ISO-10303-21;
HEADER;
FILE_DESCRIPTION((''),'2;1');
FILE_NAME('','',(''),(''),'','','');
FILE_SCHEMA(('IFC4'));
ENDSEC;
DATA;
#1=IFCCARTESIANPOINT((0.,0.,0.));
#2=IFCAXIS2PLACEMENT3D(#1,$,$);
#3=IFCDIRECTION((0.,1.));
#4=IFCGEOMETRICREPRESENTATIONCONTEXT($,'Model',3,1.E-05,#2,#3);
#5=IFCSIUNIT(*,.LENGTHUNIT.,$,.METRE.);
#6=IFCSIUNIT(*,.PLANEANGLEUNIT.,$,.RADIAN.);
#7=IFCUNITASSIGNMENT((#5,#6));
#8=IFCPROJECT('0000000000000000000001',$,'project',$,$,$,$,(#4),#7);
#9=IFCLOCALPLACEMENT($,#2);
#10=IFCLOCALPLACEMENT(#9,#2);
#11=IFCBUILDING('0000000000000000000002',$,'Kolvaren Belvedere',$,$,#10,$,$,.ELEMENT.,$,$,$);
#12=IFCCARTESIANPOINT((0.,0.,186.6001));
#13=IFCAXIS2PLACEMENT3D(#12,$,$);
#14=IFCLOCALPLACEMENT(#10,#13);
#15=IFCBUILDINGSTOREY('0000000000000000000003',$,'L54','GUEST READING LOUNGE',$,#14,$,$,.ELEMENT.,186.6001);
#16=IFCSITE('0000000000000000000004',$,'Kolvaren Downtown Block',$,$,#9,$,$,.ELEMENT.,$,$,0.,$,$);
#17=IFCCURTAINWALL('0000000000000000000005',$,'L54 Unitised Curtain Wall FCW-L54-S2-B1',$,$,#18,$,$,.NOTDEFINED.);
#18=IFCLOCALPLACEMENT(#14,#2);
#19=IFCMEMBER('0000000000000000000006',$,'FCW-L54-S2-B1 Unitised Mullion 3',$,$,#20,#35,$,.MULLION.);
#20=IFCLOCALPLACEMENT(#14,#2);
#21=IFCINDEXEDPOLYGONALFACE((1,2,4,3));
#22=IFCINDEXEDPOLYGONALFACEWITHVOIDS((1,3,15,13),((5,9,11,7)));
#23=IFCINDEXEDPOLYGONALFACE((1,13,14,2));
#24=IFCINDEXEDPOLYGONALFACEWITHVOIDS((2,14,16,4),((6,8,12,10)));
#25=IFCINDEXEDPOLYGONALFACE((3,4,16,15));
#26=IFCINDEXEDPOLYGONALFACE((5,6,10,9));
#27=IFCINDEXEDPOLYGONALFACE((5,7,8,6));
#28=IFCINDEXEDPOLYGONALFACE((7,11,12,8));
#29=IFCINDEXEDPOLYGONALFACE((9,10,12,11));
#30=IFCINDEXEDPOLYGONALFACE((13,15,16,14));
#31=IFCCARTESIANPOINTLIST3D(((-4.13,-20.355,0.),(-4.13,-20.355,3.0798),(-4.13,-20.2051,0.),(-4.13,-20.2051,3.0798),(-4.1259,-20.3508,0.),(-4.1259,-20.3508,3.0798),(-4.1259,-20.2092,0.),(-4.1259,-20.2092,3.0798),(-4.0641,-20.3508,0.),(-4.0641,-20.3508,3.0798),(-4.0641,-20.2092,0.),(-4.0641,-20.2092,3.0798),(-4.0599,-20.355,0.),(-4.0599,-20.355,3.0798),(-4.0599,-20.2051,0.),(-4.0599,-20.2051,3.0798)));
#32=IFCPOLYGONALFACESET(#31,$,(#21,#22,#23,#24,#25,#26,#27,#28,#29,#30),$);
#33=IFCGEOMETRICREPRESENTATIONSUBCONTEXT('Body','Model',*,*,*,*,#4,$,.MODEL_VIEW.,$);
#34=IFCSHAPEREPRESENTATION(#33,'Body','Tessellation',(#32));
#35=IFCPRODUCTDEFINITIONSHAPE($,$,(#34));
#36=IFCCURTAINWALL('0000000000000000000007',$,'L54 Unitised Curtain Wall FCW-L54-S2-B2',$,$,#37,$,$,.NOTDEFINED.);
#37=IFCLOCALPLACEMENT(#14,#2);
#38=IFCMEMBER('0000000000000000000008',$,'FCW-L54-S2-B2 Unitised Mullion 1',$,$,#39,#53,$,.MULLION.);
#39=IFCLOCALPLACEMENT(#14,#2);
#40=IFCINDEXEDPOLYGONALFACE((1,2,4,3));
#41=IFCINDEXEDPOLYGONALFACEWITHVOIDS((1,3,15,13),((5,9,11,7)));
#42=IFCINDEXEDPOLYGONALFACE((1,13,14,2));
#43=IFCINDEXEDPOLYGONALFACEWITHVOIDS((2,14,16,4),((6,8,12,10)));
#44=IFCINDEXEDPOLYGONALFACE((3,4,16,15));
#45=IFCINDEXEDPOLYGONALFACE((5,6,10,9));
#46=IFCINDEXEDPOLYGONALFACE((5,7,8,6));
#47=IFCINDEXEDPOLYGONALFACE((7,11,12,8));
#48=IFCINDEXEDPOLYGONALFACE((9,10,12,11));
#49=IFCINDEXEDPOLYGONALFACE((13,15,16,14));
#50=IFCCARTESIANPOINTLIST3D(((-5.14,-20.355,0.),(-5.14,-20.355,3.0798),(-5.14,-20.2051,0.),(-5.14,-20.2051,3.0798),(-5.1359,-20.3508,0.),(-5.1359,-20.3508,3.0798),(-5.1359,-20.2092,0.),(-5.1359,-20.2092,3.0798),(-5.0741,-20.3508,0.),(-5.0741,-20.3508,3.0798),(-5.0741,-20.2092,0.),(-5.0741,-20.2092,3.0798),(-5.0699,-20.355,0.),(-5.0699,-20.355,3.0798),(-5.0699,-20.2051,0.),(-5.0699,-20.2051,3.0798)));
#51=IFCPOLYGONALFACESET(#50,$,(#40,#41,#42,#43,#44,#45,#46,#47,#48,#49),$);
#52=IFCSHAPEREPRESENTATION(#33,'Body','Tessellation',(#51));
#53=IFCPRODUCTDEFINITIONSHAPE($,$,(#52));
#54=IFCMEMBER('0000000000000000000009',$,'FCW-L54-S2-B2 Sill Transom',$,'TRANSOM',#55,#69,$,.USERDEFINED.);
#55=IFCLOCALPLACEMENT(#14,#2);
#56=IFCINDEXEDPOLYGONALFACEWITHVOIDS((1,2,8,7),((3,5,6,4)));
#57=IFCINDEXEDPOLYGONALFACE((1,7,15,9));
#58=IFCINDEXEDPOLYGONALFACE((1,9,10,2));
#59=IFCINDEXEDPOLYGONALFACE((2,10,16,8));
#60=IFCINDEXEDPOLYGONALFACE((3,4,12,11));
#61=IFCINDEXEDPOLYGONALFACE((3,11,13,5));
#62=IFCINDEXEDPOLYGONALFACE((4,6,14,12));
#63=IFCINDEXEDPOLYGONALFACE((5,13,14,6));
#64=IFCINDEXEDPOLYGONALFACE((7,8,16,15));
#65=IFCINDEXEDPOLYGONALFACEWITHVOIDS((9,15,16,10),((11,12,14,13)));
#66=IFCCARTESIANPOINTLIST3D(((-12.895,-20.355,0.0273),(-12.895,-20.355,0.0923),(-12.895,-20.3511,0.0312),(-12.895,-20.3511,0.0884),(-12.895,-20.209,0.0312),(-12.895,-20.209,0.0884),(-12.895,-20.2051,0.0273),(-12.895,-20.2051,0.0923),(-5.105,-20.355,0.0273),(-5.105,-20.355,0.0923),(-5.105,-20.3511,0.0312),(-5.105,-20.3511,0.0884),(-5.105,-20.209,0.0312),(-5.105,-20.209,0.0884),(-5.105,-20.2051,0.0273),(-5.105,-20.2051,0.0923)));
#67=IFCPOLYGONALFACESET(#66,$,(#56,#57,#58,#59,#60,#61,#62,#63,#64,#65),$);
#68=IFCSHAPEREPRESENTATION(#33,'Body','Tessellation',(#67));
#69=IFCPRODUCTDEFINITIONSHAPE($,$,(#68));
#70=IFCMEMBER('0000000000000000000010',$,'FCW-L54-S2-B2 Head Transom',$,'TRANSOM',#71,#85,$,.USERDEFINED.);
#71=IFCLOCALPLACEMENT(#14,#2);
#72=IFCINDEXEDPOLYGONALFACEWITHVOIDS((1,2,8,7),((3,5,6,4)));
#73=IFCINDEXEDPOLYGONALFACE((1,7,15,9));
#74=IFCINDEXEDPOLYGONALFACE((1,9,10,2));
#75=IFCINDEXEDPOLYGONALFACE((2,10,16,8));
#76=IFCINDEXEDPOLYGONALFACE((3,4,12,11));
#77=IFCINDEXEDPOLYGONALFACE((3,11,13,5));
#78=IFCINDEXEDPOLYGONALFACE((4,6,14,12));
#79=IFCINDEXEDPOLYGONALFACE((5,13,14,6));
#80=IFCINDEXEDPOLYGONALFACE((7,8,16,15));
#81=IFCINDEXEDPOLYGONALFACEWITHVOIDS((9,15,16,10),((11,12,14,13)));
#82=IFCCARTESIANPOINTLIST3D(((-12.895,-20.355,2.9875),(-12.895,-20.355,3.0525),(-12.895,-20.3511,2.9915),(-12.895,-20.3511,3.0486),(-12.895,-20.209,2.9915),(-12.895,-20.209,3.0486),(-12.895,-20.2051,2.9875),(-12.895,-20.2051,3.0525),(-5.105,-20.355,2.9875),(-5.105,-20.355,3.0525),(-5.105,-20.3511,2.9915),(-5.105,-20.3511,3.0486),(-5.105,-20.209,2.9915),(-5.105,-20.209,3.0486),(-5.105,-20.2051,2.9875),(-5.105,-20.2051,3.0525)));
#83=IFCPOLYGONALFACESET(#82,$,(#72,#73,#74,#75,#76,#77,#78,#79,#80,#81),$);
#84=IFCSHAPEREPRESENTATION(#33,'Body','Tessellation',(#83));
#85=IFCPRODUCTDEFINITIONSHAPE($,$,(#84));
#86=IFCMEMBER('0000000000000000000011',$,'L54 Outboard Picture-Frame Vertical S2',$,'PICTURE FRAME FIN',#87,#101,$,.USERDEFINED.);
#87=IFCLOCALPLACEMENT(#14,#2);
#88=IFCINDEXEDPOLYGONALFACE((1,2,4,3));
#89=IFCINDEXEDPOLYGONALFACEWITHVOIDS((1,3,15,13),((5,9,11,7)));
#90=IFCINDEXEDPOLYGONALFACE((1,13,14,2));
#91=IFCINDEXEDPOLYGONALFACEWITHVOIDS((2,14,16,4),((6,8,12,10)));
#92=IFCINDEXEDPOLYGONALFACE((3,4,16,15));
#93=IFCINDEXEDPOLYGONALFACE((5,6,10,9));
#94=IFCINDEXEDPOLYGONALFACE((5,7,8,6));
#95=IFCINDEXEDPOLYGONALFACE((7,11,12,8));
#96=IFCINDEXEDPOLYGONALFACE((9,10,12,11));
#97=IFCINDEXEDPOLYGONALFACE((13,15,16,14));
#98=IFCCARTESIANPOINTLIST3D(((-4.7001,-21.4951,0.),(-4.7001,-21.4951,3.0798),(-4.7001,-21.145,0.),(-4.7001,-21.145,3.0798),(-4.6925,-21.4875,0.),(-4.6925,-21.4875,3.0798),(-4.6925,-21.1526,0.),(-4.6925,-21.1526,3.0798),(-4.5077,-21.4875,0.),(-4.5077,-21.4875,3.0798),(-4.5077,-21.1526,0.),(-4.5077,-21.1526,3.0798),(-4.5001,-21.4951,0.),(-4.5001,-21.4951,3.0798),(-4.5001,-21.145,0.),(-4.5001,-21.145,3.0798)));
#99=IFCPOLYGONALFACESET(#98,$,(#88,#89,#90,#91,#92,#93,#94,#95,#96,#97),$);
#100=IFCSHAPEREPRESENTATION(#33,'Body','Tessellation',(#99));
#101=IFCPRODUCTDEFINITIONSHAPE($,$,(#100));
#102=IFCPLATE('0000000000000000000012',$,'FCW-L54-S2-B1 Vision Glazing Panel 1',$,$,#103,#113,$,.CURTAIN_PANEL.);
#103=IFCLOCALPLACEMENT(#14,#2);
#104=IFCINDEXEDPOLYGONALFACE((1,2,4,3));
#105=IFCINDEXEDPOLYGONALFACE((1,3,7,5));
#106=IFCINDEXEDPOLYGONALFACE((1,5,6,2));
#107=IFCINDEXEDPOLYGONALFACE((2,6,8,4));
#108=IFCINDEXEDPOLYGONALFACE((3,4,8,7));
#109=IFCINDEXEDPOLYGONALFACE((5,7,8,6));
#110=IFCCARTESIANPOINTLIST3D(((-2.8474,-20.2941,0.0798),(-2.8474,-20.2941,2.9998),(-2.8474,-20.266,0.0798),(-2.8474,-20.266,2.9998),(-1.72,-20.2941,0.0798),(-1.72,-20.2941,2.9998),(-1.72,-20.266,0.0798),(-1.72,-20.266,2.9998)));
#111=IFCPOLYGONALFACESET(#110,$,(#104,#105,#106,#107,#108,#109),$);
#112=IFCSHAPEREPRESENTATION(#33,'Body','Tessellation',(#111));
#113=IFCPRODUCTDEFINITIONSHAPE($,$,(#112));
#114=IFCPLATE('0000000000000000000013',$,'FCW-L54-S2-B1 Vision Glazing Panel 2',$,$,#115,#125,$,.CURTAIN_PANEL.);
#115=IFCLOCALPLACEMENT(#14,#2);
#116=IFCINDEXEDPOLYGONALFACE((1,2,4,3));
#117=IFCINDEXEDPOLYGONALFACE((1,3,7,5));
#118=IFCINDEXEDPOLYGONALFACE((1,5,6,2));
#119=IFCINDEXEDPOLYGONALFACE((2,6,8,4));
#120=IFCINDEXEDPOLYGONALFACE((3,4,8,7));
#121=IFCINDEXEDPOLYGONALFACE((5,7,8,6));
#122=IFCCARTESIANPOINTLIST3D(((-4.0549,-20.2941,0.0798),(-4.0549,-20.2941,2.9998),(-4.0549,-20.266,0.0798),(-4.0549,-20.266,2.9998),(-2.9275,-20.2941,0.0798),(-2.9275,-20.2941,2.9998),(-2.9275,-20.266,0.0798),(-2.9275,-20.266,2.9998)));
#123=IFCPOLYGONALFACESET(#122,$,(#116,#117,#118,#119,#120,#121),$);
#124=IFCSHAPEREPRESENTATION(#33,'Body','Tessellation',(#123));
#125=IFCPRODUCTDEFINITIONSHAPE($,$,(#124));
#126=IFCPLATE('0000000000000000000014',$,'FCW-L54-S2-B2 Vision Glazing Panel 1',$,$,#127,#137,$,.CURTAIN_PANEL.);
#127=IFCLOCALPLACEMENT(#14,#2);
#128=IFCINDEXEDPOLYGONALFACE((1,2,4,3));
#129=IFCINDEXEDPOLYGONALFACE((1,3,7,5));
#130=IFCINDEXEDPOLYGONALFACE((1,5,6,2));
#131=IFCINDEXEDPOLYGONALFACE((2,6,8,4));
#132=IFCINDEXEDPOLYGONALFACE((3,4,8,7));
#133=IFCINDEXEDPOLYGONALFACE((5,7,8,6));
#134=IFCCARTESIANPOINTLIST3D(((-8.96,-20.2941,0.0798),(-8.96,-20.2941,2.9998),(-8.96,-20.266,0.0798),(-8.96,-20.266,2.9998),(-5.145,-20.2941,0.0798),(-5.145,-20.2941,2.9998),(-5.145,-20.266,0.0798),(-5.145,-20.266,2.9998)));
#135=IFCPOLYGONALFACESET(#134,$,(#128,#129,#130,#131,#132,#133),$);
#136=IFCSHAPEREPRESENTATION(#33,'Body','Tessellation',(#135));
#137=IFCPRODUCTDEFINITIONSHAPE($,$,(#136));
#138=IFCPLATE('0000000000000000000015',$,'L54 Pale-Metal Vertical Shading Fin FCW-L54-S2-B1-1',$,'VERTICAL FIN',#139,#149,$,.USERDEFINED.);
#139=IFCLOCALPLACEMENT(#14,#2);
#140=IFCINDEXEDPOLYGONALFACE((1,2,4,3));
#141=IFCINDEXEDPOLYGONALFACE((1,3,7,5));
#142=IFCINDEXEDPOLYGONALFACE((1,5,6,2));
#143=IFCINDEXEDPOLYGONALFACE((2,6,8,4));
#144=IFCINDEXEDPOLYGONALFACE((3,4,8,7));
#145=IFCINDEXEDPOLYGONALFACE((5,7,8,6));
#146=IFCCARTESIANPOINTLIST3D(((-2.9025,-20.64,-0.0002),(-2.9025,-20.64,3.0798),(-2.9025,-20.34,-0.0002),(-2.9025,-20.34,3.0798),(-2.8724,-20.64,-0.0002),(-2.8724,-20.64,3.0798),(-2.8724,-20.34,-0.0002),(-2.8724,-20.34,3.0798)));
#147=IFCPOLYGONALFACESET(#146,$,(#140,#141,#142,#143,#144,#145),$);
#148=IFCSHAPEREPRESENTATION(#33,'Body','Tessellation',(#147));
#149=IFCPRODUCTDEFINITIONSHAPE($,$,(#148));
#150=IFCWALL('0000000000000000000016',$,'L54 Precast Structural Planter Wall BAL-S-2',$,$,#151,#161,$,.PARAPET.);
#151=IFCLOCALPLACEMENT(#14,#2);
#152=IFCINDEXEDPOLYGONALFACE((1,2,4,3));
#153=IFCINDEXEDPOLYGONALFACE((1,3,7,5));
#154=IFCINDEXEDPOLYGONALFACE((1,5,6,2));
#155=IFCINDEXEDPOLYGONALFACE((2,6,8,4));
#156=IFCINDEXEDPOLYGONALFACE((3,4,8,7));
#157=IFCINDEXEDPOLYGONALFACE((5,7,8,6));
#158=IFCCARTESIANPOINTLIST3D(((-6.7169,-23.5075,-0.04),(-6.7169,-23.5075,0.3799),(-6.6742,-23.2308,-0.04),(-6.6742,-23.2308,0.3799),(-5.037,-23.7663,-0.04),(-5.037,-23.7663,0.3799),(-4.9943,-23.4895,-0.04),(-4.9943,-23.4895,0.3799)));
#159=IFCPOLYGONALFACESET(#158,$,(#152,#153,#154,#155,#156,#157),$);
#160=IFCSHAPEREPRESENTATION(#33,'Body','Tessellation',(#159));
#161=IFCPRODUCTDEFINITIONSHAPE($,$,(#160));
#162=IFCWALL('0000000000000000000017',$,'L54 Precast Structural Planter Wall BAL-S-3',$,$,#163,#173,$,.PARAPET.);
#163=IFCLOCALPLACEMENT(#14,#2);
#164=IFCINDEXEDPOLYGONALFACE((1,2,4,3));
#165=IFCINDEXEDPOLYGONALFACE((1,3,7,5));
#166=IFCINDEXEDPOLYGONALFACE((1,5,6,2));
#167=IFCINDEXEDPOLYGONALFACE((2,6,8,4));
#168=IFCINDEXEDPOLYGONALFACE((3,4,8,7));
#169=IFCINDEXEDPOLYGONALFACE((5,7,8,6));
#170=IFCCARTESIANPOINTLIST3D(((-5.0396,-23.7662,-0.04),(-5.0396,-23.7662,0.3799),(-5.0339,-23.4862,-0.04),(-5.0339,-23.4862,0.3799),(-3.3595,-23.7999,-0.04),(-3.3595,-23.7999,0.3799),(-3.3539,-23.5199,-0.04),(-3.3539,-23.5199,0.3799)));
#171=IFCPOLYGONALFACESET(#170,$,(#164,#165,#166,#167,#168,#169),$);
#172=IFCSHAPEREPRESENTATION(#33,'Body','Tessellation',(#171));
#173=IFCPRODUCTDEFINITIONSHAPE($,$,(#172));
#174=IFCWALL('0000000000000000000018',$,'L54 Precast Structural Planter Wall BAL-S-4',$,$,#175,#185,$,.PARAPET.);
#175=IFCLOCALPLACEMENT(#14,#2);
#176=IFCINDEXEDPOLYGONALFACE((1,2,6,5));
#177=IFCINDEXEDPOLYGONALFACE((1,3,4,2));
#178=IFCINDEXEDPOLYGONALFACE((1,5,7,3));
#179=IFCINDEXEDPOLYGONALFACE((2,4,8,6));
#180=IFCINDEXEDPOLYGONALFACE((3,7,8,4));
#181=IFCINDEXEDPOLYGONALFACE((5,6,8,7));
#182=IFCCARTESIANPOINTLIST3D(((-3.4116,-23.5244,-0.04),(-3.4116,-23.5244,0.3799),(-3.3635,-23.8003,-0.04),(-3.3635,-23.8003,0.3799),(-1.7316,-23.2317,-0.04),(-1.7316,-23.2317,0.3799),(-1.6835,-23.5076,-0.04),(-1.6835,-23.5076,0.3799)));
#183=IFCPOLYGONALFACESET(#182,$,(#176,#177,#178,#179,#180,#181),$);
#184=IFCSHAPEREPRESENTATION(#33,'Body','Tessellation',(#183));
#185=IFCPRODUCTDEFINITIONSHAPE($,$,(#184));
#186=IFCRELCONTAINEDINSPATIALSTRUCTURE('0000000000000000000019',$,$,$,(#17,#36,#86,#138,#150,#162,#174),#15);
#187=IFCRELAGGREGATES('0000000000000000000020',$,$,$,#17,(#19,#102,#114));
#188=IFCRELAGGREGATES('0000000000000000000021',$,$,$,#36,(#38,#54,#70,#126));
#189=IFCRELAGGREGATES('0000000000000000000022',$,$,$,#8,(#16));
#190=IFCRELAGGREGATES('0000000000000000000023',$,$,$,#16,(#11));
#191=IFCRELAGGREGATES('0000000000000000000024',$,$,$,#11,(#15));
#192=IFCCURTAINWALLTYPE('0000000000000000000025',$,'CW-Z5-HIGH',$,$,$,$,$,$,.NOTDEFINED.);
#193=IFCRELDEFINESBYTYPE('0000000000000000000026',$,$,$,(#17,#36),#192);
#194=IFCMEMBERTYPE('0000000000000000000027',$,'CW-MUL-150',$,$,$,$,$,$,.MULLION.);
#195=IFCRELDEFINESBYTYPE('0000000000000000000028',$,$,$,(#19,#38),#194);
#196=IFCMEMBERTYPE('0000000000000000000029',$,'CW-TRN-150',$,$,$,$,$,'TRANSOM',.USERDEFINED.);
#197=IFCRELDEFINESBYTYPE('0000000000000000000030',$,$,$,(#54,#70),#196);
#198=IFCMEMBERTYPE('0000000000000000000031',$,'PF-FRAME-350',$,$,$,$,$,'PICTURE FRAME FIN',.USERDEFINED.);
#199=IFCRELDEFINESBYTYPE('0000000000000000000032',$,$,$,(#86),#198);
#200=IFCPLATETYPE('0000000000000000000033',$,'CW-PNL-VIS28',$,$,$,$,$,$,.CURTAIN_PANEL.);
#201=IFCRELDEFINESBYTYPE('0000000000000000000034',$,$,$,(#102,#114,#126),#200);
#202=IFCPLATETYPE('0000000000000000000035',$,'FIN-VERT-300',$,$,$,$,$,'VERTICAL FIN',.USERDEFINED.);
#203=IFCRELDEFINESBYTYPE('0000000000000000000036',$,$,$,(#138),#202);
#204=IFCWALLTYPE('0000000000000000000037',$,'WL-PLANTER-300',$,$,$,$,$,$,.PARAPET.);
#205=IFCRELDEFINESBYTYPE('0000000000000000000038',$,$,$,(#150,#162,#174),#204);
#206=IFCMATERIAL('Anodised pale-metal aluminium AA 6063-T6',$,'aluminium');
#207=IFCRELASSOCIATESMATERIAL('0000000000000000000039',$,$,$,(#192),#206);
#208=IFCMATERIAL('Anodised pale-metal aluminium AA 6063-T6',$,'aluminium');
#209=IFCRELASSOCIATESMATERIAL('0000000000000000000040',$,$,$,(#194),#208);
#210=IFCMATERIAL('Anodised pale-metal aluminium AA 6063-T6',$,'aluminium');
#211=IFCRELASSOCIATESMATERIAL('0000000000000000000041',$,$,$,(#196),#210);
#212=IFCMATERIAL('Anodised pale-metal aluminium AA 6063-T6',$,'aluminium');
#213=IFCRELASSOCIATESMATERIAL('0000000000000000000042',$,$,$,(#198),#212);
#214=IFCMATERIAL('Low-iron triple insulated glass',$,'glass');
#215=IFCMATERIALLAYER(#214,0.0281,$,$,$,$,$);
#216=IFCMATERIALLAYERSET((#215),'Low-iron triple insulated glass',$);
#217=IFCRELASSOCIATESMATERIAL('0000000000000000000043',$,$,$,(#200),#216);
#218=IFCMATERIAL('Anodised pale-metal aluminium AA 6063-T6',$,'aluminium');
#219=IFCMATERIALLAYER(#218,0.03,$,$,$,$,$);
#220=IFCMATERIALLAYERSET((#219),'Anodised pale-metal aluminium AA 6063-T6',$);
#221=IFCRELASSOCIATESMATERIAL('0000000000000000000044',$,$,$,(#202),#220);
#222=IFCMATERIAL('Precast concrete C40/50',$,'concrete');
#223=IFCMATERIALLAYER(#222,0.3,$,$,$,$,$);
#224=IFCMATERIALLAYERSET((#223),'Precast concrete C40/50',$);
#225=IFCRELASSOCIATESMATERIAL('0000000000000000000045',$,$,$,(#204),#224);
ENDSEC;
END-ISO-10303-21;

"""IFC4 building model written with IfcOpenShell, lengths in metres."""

from ifc_helpers import new_model, si_unit, direction, frame, frame_2d, origin, origin_2d, place, context, subcontext, project, spatial, rectangle, hollow_rectangle, extrude, material, layer, layer_set, material_profile, profile_set, type_object, element, aggregate, save


model = new_model("IFC4")

# Units and contexts
model_context = context("Model", 3, precision=1e-05, world=origin(), true_north=direction((0.0, 1.0)))
body_context = subcontext(model_context, "Body", "Model", "MODEL_VIEW")
ifc_project = project(units=[si_unit("LENGTHUNIT", "METRE"), si_unit("PLANEANGLEUNIT", "RADIAN")], contexts=[model_context])

# Site, building, storey
site_placement = place(None, origin())
site = spatial("IfcSite", under=ifc_project, at=site_placement, Name="Kolvaren Downtown Block", CompositionType="ELEMENT", RefElevation=0.0)
building_placement = place(site_placement, origin())
building = spatial("IfcBuilding", under=site, at=building_placement, Name="Kolvaren Belvedere", CompositionType="ELEMENT")
storey_placement = place(building_placement, frame((0.0, 0.0, 186.6001)))
storey = spatial("IfcBuildingStorey", under=building, at=storey_placement, Name="L54", Description="GUEST READING LOUNGE", CompositionType="ELEMENT", Elevation=186.6001)

# Curtain walls, members
ifc_material_1 = material(Name="Anodised pale-metal aluminium AA 6063-T6", Category="aluminium")
curtain_wall_type = type_object("IfcCurtainWallType", Name="CW-Z5-HIGH", PredefinedType="NOTDEFINED", material=ifc_material_1)
curtain_wall_1_placement = place(storey_placement, origin())
curtain_wall_1 = element("IfcCurtainWall", 1, at=curtain_wall_1_placement, inside=storey, type_object=curtain_wall_type, Name="L54 Unitised Curtain Wall FCW-L54-S2-B1", PredefinedType="NOTDEFINED")
ifc_material_2 = material(Name="Anodised pale-metal aluminium AA 6063-T6", Category="aluminium")
ifc_material_profile_1 = material_profile(ifc_material_2, hollow_rectangle(XDim=0.0701, YDim=0.1499, WallThickness=0.0042, at=origin_2d()), Name="ALU-MUL-150X70")
ifc_profile_set_1 = profile_set([ifc_material_profile_1], Name="Anodised pale-metal aluminium AA 6063-T6")
member_type_1 = type_object("IfcMemberType", Name="CW-MUL-150", PredefinedType="MULLION", material=ifc_profile_set_1)
member_1_placement = place(storey_placement, frame((-4.095, -20.28, 0.0), z_axis=(0.0, 0.0, 1.0), x_axis=(1.0, 0.0, 0.0)))
member_1 = element("IfcMember", 2, at=member_1_placement, type_object=member_type_1, Name="FCW-L54-S2-B1 Unitised Mullion 3", PredefinedType="MULLION", context=body_context, shape_type="SweptSolid", body=[
    extrude(hollow_rectangle(XDim=0.0701, YDim=0.1499, WallThickness=0.0042, at=origin_2d()), origin(), (0.0, 0.0, 1.0), 3.0798),
])
curtain_wall_2_placement = place(storey_placement, origin())
curtain_wall_2 = element("IfcCurtainWall", 3, at=curtain_wall_2_placement, inside=storey, type_object=curtain_wall_type, Name="L54 Unitised Curtain Wall FCW-L54-S2-B2", PredefinedType="NOTDEFINED")
member_2_placement = place(storey_placement, frame((-5.105, -20.28, 0.0), z_axis=(0.0, 0.0, 1.0), x_axis=(1.0, 0.0, 0.0)))
member_2 = element("IfcMember", 4, at=member_2_placement, type_object=member_type_1, Name="FCW-L54-S2-B2 Unitised Mullion 1", PredefinedType="MULLION", context=body_context, shape_type="SweptSolid", body=[
    extrude(hollow_rectangle(XDim=0.0701, YDim=0.1499, WallThickness=0.0042, at=origin_2d()), origin(), (0.0, 0.0, 1.0), 3.0798),
])
ifc_material_3 = material(Name="Anodised pale-metal aluminium AA 6063-T6", Category="aluminium")
ifc_material_profile_2 = material_profile(ifc_material_3, hollow_rectangle(XDim=0.0649, YDim=0.1499, WallThickness=0.0039, at=origin_2d()), Name="ALU-TRN-150X65")
ifc_profile_set_2 = profile_set([ifc_material_profile_2], Name="Anodised pale-metal aluminium AA 6063-T6")
member_type_2 = type_object("IfcMemberType", Name="CW-TRN-150", ElementType="TRANSOM", PredefinedType="USERDEFINED", material=ifc_profile_set_2)
member_3_placement = place(storey_placement, frame((-5.105, -20.28, 0.0598), z_axis=(-1.0, 0.0, 0.0), x_axis=(0.0, 0.0, 1.0)))
member_3 = element("IfcMember", 5, at=member_3_placement, type_object=member_type_2, Name="FCW-L54-S2-B2 Sill Transom", ObjectType="TRANSOM", PredefinedType="USERDEFINED", context=body_context, shape_type="SweptSolid", body=[
    extrude(hollow_rectangle(XDim=0.0649, YDim=0.1499, WallThickness=0.0039, at=origin_2d()), origin(), (0.0, 0.0, 1.0), 7.79),
])
member_4_placement = place(storey_placement, frame((-5.105, -20.28, 3.02), z_axis=(-1.0, 0.0, 0.0), x_axis=(0.0, 0.0, 1.0)))
member_4 = element("IfcMember", 6, at=member_4_placement, type_object=member_type_2, Name="FCW-L54-S2-B2 Head Transom", ObjectType="TRANSOM", PredefinedType="USERDEFINED", context=body_context, shape_type="SweptSolid", body=[
    extrude(hollow_rectangle(XDim=0.0649, YDim=0.1499, WallThickness=0.0039, at=origin_2d()), origin(), (0.0, 0.0, 1.0), 7.79),
])

# Member
ifc_material_4 = material(Name="Anodised pale-metal aluminium AA 6063-T6", Category="aluminium")
ifc_material_profile_3 = material_profile(ifc_material_4, hollow_rectangle(XDim=0.2, YDim=0.3501, WallThickness=0.0076, at=origin_2d()), Name="ALU-PF-350X200")
ifc_profile_set_3 = profile_set([ifc_material_profile_3], Name="Anodised pale-metal aluminium AA 6063-T6")
member_type_3 = type_object("IfcMemberType", Name="PF-FRAME-350", ElementType="PICTURE FRAME FIN", PredefinedType="USERDEFINED", material=ifc_profile_set_3)
member_5_placement = place(storey_placement, frame((-4.6001, -21.3201, 0.0), z_axis=(0.0, 0.0, 1.0), x_axis=(1.0, 0.0, 0.0)))
element("IfcMember", 7, at=member_5_placement, inside=storey, type_object=member_type_3, Name="L54 Outboard Picture-Frame Vertical S2", ObjectType="PICTURE FRAME FIN", PredefinedType="USERDEFINED", context=body_context, shape_type="SweptSolid", body=[
    extrude(hollow_rectangle(XDim=0.2, YDim=0.3501, WallThickness=0.0076, at=origin_2d()), origin(), (0.0, 0.0, 1.0), 3.0798),
])

# Plates
ifc_material_5 = material(Name="Low-iron triple insulated glass", Category="glass")
ifc_layer_1 = layer(ifc_material_5, 0.0281)
ifc_layer_set_1 = layer_set([ifc_layer_1], Name="Low-iron triple insulated glass")
plate_type_1 = type_object("IfcPlateType", Name="CW-PNL-VIS28", PredefinedType="CURTAIN_PANEL", material=ifc_layer_set_1)
plate_1_placement = place(storey_placement, frame((-2.2837, -20.28, 0.0798), z_axis=(0.0, 0.0, 1.0), x_axis=(-1.0, 0.0, 0.0)))
plate_1 = element("IfcPlate", 8, at=plate_1_placement, type_object=plate_type_1, Name="FCW-L54-S2-B1 Vision Glazing Panel 1", PredefinedType="CURTAIN_PANEL", context=body_context, shape_type="SweptSolid", body=[
    extrude(rectangle(XDim=1.1274, YDim=0.0281, at=origin_2d()), origin(), (0.0, 0.0, 1.0), 2.9199),
])
plate_2_placement = place(storey_placement, frame((-3.4912, -20.28, 0.0798), z_axis=(0.0, 0.0, 1.0), x_axis=(-1.0, 0.0, 0.0)))
plate_2 = element("IfcPlate", 9, at=plate_2_placement, type_object=plate_type_1, Name="FCW-L54-S2-B1 Vision Glazing Panel 2", PredefinedType="CURTAIN_PANEL", context=body_context, shape_type="SweptSolid", body=[
    extrude(rectangle(XDim=1.1274, YDim=0.0281, at=origin_2d()), origin(), (0.0, 0.0, 1.0), 2.9199),
])
aggregate(curtain_wall_1, [member_1, plate_1, plate_2])
plate_3_placement = place(storey_placement, frame((-7.0525, -20.28, 0.0798), z_axis=(0.0, 0.0, 1.0), x_axis=(-1.0, 0.0, 0.0)))
plate_3 = element("IfcPlate", 10, at=plate_3_placement, type_object=plate_type_1, Name="FCW-L54-S2-B2 Vision Glazing Panel 1", PredefinedType="CURTAIN_PANEL", context=body_context, shape_type="SweptSolid", body=[
    extrude(rectangle(XDim=3.8149, YDim=0.0281, at=origin_2d()), origin(), (0.0, 0.0, 1.0), 2.9199),
])
aggregate(curtain_wall_2, [member_2, member_3, member_4, plate_3])
ifc_material_6 = material(Name="Anodised pale-metal aluminium AA 6063-T6", Category="aluminium")
ifc_layer_2 = layer(ifc_material_6, 0.03)
ifc_layer_set_2 = layer_set([ifc_layer_2], Name="Anodised pale-metal aluminium AA 6063-T6")
plate_type_2 = type_object("IfcPlateType", Name="FIN-VERT-300", ElementType="VERTICAL FIN", PredefinedType="USERDEFINED", material=ifc_layer_set_2)
plate_4_placement = place(storey_placement, frame((-2.8875, -20.49, -0.0002), z_axis=(0.0, 0.0, 1.0), x_axis=(0.0, 1.0, 0.0)))
element("IfcPlate", 11, at=plate_4_placement, inside=storey, type_object=plate_type_2, Name="L54 Pale-Metal Vertical Shading Fin FCW-L54-S2-B1-1", ObjectType="VERTICAL FIN", PredefinedType="USERDEFINED", context=body_context, shape_type="SweptSolid", body=[
    extrude(rectangle(XDim=0.3, YDim=0.03, at=origin_2d()), origin(), (0.0, 0.0, 1.0), 3.0801),
])

# Walls
ifc_material_7 = material(Name="Precast concrete C40/50", Category="concrete")
ifc_layer_3 = layer(ifc_material_7, 0.3)
ifc_layer_set_3 = layer_set([ifc_layer_3], Name="Precast concrete C40/50")
wall_type = type_object("IfcWallType", Name="WL-PLANTER-300", PredefinedType="PARAPET", material=ifc_layer_set_3)
wall_1_placement = place(storey_placement, frame((-6.6956, -23.3691, -0.04), z_axis=(0.0, 0.0, 1.0), x_axis=(0.988342, -0.152251, 0.0)))
element("IfcWall", 12, at=wall_1_placement, inside=storey, type_object=wall_type, Name="L54 Precast Structural Planter Wall BAL-S-2", PredefinedType="PARAPET", context=body_context, shape_type="SweptSolid", body=[
    extrude(rectangle(XDim=1.6997, YDim=0.28, at=frame_2d((0.8499, 0.0))), origin(), (0.0, 0.0, 1.0), 0.4199),
])
wall_2_placement = place(storey_placement, frame((-5.0369, -23.6262, -0.04), z_axis=(0.0, 0.0, 1.0), x_axis=(0.999799, -0.020048, 0.0)))
element("IfcWall", 13, at=wall_2_placement, inside=storey, type_object=wall_type, Name="L54 Precast Structural Planter Wall BAL-S-3", PredefinedType="PARAPET", context=body_context, shape_type="SweptSolid", body=[
    extrude(rectangle(XDim=1.6804, YDim=0.28, at=frame_2d((0.8403, 0.0))), origin(), (0.0, 0.0, 1.0), 0.4199),
])
wall_3_placement = place(storey_placement, frame((-3.3875, -23.6624, -0.04), z_axis=(0.0, 0.0, 1.0), x_axis=(0.985156, 0.171661, 0.0)))
element("IfcWall", 14, at=wall_3_placement, inside=storey, type_object=wall_type, Name="L54 Precast Structural Planter Wall BAL-S-4", PredefinedType="PARAPET", context=body_context, shape_type="SweptSolid", body=[
    extrude(rectangle(XDim=1.7053, YDim=0.28, at=frame_2d((0.8525, 0.0))), origin(), (0.0, 0.0, 1.0), 0.4199),
])

save(model, "model.ifc")
